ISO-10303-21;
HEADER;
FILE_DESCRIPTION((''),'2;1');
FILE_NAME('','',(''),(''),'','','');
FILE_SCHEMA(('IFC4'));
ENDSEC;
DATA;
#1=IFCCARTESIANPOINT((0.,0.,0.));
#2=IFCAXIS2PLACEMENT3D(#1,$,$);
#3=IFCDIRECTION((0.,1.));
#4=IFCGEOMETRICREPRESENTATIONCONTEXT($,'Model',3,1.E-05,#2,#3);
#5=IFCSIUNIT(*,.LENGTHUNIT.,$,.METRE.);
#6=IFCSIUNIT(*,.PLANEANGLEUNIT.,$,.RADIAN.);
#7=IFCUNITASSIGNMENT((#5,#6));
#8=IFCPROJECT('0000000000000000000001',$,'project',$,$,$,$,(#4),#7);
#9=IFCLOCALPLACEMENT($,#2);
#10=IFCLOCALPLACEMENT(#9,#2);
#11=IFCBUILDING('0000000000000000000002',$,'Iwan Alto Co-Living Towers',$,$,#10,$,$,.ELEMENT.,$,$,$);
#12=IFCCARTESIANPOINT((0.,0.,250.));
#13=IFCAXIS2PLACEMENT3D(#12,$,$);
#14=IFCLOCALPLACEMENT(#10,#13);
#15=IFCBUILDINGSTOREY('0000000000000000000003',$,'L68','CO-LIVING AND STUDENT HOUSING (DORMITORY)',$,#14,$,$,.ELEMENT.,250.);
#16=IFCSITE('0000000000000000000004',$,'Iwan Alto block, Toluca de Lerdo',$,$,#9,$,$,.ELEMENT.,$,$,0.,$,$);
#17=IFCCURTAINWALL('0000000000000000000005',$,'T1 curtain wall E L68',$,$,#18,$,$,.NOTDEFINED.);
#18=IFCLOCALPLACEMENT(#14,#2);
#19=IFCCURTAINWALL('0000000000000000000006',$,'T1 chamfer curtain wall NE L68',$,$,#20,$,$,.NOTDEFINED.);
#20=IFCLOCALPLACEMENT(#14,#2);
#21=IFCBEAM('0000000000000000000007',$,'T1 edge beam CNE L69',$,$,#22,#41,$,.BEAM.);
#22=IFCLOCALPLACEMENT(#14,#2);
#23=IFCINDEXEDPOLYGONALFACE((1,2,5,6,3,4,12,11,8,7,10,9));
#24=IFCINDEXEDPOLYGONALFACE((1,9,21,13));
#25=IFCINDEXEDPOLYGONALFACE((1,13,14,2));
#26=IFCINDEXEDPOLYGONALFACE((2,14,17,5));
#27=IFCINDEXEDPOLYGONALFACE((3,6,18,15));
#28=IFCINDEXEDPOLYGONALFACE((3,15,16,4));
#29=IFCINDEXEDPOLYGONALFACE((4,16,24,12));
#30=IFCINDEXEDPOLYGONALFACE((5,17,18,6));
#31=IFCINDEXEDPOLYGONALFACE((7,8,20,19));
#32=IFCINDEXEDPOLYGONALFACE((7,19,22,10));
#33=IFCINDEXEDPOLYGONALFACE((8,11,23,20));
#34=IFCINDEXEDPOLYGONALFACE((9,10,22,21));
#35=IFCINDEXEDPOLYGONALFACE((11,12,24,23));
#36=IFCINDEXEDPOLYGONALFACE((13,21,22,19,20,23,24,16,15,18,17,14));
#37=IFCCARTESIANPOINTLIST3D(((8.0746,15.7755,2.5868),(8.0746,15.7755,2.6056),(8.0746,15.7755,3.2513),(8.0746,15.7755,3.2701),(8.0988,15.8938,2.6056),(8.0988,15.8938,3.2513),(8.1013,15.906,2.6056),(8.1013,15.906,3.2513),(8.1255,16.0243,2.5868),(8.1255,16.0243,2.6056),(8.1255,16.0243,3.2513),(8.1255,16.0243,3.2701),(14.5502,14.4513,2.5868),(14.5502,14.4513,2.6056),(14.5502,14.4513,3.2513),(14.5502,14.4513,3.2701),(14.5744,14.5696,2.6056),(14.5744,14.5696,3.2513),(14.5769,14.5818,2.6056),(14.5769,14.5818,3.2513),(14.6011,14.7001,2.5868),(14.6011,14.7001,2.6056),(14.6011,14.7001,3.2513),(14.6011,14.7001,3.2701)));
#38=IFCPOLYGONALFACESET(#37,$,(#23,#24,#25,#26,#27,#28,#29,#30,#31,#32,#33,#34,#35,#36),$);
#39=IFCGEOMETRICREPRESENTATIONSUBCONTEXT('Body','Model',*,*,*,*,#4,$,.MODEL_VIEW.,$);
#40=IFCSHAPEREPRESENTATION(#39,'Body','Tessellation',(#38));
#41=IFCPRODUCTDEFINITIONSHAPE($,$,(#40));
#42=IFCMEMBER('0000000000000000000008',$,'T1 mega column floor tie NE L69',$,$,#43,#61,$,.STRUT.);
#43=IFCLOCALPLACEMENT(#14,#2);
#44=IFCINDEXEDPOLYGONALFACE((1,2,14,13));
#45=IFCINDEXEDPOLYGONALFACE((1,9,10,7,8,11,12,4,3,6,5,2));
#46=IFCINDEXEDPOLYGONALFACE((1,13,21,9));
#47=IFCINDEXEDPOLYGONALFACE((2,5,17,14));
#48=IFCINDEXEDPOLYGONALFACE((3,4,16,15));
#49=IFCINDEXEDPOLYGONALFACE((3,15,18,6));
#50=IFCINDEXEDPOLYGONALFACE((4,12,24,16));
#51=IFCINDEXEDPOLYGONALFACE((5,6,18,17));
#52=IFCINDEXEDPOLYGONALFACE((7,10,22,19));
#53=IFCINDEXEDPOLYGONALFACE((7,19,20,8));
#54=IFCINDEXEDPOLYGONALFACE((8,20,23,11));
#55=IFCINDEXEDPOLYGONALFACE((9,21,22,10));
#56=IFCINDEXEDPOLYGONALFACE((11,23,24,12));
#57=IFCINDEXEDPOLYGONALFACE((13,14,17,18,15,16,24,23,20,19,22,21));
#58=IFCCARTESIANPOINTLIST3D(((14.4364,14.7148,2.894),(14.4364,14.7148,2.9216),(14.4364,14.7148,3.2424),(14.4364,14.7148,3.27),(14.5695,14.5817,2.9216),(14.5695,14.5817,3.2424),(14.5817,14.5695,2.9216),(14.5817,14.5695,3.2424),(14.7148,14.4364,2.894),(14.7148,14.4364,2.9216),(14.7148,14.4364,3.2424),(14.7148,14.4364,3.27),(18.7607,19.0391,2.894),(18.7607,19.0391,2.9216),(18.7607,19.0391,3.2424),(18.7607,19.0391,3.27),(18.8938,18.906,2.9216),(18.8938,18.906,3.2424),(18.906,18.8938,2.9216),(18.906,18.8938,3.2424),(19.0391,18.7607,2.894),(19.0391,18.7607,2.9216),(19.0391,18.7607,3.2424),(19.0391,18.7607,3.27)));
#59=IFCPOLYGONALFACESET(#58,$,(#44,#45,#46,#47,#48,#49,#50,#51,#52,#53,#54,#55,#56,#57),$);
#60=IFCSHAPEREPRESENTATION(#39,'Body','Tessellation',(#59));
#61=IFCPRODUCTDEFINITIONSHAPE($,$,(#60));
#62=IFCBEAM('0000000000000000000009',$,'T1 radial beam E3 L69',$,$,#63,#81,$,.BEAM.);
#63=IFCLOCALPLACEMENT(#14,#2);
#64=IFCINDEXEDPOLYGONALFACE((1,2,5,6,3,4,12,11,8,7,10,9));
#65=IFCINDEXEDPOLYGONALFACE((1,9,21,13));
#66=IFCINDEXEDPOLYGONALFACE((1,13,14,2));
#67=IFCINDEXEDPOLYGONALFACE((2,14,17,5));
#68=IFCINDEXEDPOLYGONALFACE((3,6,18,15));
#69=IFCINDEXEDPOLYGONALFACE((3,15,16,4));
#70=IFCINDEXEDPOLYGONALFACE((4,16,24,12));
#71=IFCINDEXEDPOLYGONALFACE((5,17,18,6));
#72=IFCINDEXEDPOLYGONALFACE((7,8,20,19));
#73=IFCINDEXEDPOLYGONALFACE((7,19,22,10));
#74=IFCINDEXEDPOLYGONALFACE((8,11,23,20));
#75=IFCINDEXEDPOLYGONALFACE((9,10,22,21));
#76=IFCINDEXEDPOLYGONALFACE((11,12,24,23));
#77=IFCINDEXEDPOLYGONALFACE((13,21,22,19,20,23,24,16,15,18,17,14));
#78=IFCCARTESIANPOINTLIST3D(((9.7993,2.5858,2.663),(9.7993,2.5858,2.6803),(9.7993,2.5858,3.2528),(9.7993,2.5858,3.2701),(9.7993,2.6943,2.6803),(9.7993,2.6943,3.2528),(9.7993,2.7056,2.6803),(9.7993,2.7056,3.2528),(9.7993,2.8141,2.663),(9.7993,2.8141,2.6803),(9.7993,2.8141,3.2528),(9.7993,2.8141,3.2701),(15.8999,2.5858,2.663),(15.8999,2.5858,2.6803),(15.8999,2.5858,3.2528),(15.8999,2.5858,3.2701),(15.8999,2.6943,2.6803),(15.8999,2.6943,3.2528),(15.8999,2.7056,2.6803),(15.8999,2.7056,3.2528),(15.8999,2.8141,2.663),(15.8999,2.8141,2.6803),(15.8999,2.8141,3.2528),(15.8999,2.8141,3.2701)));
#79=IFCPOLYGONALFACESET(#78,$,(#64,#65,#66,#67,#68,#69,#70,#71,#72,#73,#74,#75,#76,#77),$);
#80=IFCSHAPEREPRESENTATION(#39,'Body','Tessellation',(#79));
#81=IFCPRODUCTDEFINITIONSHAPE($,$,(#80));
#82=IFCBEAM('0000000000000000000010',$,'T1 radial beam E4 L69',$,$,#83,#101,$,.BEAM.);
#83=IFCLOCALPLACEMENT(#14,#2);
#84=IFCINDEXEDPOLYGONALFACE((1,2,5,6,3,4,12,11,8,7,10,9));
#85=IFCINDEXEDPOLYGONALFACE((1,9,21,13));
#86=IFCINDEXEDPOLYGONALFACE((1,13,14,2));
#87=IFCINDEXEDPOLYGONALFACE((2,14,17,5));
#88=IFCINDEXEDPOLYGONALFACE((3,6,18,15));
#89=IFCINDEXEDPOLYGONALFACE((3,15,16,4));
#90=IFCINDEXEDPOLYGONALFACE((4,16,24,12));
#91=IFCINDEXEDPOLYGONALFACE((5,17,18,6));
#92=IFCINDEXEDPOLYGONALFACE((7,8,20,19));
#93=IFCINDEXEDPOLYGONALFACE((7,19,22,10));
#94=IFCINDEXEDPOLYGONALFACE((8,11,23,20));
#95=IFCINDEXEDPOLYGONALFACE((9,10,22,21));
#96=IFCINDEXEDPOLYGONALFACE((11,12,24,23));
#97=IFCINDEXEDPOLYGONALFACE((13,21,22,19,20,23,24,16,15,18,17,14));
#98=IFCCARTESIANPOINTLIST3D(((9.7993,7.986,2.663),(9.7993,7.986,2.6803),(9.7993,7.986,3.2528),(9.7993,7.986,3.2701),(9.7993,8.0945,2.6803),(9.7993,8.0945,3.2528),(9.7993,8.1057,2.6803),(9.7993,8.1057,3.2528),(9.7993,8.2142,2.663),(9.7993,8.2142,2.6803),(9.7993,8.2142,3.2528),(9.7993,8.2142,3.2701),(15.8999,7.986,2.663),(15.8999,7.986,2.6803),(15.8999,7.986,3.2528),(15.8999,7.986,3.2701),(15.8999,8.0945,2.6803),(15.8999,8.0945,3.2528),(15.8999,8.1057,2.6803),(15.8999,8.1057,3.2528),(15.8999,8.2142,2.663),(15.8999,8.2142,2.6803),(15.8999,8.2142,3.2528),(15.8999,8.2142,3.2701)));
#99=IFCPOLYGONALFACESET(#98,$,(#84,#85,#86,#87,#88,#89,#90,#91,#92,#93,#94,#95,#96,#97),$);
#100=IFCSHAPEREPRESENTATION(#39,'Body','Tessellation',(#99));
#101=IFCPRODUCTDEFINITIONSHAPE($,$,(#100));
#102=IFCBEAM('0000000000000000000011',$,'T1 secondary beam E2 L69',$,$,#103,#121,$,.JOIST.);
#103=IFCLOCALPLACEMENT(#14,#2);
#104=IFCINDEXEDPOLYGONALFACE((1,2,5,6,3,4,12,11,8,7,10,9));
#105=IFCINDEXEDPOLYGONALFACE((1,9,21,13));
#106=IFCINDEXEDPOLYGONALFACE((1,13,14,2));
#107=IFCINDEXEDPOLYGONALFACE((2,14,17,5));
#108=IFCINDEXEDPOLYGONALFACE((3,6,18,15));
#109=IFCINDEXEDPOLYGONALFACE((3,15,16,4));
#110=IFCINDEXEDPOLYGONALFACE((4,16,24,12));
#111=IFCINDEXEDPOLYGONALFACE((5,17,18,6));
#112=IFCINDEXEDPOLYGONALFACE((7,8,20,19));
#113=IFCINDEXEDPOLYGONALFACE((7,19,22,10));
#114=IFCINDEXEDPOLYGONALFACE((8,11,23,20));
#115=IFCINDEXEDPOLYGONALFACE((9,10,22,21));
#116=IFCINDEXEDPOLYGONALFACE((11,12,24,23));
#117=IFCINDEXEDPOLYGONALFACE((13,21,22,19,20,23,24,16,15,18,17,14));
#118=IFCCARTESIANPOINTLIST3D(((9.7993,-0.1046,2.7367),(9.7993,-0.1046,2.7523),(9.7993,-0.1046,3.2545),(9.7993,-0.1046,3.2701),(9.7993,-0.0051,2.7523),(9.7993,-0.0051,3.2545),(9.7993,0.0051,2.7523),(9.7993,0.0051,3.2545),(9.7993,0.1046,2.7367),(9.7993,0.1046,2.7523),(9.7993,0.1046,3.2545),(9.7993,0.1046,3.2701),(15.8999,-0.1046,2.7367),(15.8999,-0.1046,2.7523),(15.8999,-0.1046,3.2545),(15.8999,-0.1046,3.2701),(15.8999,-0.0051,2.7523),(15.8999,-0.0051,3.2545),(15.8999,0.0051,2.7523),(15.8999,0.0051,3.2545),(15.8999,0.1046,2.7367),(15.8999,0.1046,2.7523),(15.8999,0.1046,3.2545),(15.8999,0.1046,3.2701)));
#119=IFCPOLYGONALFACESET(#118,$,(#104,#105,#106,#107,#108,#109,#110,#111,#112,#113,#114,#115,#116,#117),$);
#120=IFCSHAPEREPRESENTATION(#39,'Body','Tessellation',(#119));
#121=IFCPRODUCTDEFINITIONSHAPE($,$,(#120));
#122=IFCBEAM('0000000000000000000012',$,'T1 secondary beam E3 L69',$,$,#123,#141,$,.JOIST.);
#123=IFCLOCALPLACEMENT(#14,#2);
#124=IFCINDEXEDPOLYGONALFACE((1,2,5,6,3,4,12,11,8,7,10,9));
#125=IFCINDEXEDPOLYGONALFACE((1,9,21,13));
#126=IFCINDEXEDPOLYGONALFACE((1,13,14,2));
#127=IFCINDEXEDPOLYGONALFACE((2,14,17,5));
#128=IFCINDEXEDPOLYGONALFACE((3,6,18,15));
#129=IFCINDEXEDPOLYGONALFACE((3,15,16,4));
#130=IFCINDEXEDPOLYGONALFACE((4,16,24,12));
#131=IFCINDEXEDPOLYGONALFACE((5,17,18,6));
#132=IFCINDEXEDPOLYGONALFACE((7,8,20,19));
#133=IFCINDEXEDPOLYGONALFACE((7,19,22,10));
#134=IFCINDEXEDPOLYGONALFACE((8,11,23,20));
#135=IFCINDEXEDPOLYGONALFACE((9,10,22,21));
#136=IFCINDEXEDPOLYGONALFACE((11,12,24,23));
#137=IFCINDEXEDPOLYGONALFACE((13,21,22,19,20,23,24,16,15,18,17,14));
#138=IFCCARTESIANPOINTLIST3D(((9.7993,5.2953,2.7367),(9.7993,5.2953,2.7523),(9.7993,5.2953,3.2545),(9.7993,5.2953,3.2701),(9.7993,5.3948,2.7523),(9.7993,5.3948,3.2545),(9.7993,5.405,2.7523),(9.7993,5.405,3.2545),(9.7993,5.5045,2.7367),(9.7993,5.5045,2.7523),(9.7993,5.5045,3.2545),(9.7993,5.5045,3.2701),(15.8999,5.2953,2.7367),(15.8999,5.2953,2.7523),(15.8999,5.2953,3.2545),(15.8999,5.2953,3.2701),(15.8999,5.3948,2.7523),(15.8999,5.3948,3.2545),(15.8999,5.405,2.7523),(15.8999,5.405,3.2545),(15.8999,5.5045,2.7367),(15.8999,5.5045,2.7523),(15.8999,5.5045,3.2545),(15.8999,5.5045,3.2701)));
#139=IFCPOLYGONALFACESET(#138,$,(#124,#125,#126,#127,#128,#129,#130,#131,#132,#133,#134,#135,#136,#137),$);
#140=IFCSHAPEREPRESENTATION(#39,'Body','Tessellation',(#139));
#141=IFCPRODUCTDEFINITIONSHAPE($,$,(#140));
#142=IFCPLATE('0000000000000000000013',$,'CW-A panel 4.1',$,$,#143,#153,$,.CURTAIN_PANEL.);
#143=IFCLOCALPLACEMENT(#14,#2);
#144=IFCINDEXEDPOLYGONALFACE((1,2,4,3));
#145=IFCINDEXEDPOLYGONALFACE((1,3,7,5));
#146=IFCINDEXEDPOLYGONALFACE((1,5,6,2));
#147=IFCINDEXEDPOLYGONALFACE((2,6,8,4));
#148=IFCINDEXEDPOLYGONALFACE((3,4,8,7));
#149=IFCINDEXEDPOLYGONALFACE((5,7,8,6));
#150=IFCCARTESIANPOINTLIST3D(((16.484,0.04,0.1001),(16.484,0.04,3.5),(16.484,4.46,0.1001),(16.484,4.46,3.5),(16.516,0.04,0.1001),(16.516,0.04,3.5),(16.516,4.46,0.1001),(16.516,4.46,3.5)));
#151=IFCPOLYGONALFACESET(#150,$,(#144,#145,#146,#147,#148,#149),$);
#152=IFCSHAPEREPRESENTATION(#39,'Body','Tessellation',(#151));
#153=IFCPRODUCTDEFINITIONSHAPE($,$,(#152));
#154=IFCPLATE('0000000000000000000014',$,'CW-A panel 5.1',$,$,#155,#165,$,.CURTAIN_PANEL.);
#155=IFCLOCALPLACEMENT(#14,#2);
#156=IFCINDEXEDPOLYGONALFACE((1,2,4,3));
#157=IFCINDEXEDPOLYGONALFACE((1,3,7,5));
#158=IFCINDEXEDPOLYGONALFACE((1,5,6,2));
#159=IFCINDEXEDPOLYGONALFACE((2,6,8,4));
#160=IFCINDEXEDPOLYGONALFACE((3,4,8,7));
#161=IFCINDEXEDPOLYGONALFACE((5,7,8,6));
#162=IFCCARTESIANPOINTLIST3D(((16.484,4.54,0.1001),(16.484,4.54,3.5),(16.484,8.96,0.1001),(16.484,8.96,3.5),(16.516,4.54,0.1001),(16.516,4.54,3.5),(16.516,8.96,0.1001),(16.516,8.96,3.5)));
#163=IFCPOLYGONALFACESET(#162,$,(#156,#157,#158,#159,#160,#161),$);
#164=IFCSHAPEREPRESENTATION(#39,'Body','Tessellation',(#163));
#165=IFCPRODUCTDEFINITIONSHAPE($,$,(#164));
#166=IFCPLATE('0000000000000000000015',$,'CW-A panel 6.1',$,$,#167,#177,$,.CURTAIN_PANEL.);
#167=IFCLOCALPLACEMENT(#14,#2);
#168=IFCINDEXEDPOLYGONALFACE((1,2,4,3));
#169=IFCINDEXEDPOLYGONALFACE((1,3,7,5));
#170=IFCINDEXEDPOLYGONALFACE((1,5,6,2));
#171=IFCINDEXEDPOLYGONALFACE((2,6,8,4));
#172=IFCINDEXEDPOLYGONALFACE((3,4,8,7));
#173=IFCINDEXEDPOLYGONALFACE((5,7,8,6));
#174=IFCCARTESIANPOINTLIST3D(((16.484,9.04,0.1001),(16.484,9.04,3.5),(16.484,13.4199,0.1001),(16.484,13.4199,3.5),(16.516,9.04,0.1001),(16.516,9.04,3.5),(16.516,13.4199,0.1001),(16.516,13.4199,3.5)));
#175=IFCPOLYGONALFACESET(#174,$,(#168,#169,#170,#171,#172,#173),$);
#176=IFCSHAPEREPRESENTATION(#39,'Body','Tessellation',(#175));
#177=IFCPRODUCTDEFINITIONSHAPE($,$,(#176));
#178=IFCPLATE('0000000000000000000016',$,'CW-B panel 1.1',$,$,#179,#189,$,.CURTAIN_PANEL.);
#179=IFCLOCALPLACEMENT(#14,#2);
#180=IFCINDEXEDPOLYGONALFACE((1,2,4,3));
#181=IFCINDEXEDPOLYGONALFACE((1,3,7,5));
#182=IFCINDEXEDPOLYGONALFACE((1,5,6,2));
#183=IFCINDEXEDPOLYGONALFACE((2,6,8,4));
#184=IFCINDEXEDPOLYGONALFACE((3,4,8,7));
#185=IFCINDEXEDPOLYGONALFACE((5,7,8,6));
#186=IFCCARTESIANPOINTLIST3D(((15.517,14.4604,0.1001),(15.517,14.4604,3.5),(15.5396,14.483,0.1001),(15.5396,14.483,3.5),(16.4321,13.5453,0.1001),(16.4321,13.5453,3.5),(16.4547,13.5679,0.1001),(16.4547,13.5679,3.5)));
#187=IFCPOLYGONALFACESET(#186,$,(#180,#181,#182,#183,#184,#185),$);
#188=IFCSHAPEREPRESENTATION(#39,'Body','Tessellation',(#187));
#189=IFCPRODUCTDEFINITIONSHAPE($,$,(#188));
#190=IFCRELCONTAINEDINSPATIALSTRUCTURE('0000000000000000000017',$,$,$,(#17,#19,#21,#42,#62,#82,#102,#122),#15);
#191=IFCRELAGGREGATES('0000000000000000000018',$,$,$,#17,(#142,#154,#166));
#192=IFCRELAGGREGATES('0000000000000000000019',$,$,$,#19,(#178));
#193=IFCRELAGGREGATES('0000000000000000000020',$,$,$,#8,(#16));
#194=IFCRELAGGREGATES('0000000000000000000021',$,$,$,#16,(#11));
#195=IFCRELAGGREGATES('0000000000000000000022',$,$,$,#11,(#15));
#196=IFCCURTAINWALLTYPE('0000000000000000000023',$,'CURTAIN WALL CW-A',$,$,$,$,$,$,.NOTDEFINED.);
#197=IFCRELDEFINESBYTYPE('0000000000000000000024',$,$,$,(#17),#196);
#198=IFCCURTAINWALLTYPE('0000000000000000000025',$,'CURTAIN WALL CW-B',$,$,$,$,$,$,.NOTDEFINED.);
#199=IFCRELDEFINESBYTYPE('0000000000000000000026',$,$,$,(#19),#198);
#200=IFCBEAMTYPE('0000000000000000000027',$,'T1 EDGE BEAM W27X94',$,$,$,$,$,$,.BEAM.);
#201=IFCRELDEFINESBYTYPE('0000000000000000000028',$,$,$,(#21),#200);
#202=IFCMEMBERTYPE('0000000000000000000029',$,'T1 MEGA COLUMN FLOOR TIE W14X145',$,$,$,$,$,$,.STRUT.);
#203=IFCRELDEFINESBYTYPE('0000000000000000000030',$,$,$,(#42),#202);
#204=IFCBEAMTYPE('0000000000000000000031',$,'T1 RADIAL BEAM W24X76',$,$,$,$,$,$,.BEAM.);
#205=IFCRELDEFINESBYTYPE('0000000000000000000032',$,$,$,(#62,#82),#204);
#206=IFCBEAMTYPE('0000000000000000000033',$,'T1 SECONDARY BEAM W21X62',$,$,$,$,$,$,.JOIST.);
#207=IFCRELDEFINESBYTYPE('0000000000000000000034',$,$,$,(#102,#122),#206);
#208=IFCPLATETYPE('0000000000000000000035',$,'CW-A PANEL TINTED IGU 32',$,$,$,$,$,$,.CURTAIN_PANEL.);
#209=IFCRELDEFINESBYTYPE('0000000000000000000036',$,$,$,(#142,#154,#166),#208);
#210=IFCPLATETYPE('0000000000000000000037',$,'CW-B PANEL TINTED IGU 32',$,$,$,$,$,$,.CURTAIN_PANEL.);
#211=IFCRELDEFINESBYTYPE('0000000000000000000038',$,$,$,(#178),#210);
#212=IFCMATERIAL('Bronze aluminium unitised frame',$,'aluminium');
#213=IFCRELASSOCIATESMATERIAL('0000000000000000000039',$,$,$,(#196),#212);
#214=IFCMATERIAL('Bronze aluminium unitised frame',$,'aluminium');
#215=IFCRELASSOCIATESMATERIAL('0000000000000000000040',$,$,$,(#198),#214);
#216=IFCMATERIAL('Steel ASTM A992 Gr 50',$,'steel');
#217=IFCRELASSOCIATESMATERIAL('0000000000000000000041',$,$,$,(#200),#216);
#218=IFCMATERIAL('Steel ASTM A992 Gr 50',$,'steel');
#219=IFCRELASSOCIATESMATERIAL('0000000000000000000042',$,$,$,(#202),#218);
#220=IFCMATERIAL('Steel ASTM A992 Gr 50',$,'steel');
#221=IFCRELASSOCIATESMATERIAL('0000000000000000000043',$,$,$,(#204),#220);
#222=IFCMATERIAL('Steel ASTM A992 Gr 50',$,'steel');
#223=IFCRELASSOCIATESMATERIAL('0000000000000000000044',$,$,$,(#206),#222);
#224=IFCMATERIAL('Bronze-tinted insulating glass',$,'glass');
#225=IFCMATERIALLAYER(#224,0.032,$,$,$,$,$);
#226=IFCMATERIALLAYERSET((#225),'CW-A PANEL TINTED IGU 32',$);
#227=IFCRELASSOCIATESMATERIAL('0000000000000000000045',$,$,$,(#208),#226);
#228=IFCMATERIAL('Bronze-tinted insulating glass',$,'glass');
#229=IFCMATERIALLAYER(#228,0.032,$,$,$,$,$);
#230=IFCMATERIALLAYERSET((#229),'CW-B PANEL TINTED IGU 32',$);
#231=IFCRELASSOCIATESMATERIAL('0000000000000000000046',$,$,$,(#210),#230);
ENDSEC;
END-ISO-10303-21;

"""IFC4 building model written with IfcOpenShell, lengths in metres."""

from ifc_helpers import new_model, si_unit, direction, frame, origin, origin_2d, place, context, subcontext, project, spatial, rectangle, i_section, extrude, material, layer, layer_set, material_profile, profile_set, type_object, element, aggregate, save


model = new_model("IFC4")

# Units and contexts
model_context = context("Model", 3, precision=1e-05, world=origin(), true_north=direction((0.0, 1.0)))
body_context = subcontext(model_context, "Body", "Model", "MODEL_VIEW")
ifc_project = project(units=[si_unit("LENGTHUNIT", "METRE"), si_unit("PLANEANGLEUNIT", "RADIAN")], contexts=[model_context])

# Site, building, storey
site_placement = place(None, origin())
site = spatial("IfcSite", under=ifc_project, at=site_placement, Name="Iwan Alto block, Toluca de Lerdo", CompositionType="ELEMENT", RefElevation=0.0)
building_placement = place(site_placement, origin())
building = spatial("IfcBuilding", under=site, at=building_placement, Name="Iwan Alto Co-Living Towers", CompositionType="ELEMENT")
storey_placement = place(building_placement, frame((0.0, 0.0, 250.0)))
storey = spatial("IfcBuildingStorey", under=building, at=storey_placement, Name="L68", Description="CO-LIVING AND STUDENT HOUSING (DORMITORY)", CompositionType="ELEMENT", Elevation=250.0)

# Curtain wall
ifc_material_1 = material(Name="Bronze aluminium unitised frame", Category="aluminium")
curtain_wall_type_1 = type_object("IfcCurtainWallType", Name="CURTAIN WALL CW-A", PredefinedType="NOTDEFINED", material=ifc_material_1)
curtain_wall_1_placement = place(storey_placement, origin())
curtain_wall_1 = element("IfcCurtainWall", 1, at=curtain_wall_1_placement, inside=storey, type_object=curtain_wall_type_1, Name="T1 curtain wall E L68", PredefinedType="NOTDEFINED")

# Curtain wall
ifc_material_2 = material(Name="Bronze aluminium unitised frame", Category="aluminium")
curtain_wall_type_2 = type_object("IfcCurtainWallType", Name="CURTAIN WALL CW-B", PredefinedType="NOTDEFINED", material=ifc_material_2)
curtain_wall_2_placement = place(storey_placement, origin())
curtain_wall_2 = element("IfcCurtainWall", 2, at=curtain_wall_2_placement, inside=storey, type_object=curtain_wall_type_2, Name="T1 chamfer curtain wall NE L68", PredefinedType="NOTDEFINED")

# Beam
ifc_material_3 = material(Name="Steel ASTM A992 Gr 50", Category="steel")
ifc_material_profile_1 = material_profile(ifc_material_3, i_section(OverallWidth=0.2539, OverallDepth=0.6833, WebThickness=0.0125, FlangeThickness=0.0188, at=origin_2d()), Name="W27X94")
ifc_profile_set_1 = profile_set([ifc_material_profile_1], Name="Steel ASTM A992 Gr 50")
beam_type_1 = type_object("IfcBeamType", Name="T1 EDGE BEAM W27X94", PredefinedType="BEAM", material=ifc_profile_set_1)
for number, where, z_axis, x_axis, name in (
    (3, (14.5757, 14.5757, 2.9285), (-0.979725, 0.200348, 0.0), (-0.200348, -0.979725, 0.0), "T1 edge beam CNE L69"),
):
    element("IfcBeam", number, at=place(storey_placement, frame(where, z_axis=z_axis, x_axis=x_axis)), inside=storey, type_object=beam_type_1, Name=name, PredefinedType="BEAM", context=body_context, shape_type="SweptSolid", body=[
        extrude(i_section(OverallWidth=0.2539, OverallDepth=0.6833, WebThickness=0.0125, FlangeThickness=0.0188, at=origin_2d()), origin(), (0.0, 0.0, 1.0), 6.6096),
    ])

# Member
ifc_material_4 = material(Name="Steel ASTM A992 Gr 50", Category="steel")
ifc_material_profile_2 = material_profile(ifc_material_4, i_section(OverallWidth=0.3938, OverallDepth=0.376, WebThickness=0.0173, FlangeThickness=0.0276, at=origin_2d()), Name="W14X145")
ifc_profile_set_2 = profile_set([ifc_material_profile_2], Name="Steel ASTM A992 Gr 50")
member_type_1 = type_object("IfcMemberType", Name="T1 MEGA COLUMN FLOOR TIE W14X145", PredefinedType="STRUT", material=ifc_profile_set_2)
member_1_placement = place(storey_placement, frame((18.8999, 18.8999, 3.082), z_axis=(-0.707107, -0.707107, 0.0), x_axis=(0.707107, -0.707107, 0.0)))
element("IfcMember", 4, at=member_1_placement, inside=storey, type_object=member_type_1, Name="T1 mega column floor tie NE L69", PredefinedType="STRUT", context=body_context, shape_type="SweptSolid", body=[
    extrude(i_section(OverallWidth=0.3938, OverallDepth=0.376, WebThickness=0.0173, FlangeThickness=0.0276, at=origin_2d()), origin(), (0.0, 0.0, 1.0), 6.1155),
])

# Beams
ifc_material_5 = material(Name="Steel ASTM A992 Gr 50", Category="steel")
ifc_material_profile_3 = material_profile(ifc_material_5, i_section(OverallWidth=0.2283, OverallDepth=0.6072, WebThickness=0.0112, FlangeThickness=0.0173, at=origin_2d()), Name="W24X76")
ifc_profile_set_3 = profile_set([ifc_material_profile_3], Name="Steel ASTM A992 Gr 50")
beam_type_2 = type_object("IfcBeamType", Name="T1 RADIAL BEAM W24X76", PredefinedType="BEAM", material=ifc_profile_set_3)
for number, where, z_axis, x_axis, name in (
    (5, (15.8999, 2.7, 2.9666), (-1.0, 0.0, 0.0), (0.0, -1.0, 0.0), "T1 radial beam E3 L69"),
    (6, (15.8999, 8.1001, 2.9666), (-1.0, 0.0, 0.0), (0.0, -1.0, 0.0), "T1 radial beam E4 L69"),
):
    element("IfcBeam", number, at=place(storey_placement, frame(where, z_axis=z_axis, x_axis=x_axis)), inside=storey, type_object=beam_type_2, Name=name, PredefinedType="BEAM", context=body_context, shape_type="SweptSolid", body=[
        extrude(i_section(OverallWidth=0.2283, OverallDepth=0.6072, WebThickness=0.0112, FlangeThickness=0.0173, at=origin_2d()), origin(), (0.0, 0.0, 1.0), 6.1006),
    ])
ifc_material_6 = material(Name="Steel ASTM A992 Gr 50", Category="steel")
ifc_material_profile_4 = material_profile(ifc_material_6, i_section(OverallWidth=0.2092, OverallDepth=0.5334, WebThickness=0.0103, FlangeThickness=0.0156, at=origin_2d()), Name="W21X62")
ifc_profile_set_4 = profile_set([ifc_material_profile_4], Name="Steel ASTM A992 Gr 50")
beam_type_3 = type_object("IfcBeamType", Name="T1 SECONDARY BEAM W21X62", PredefinedType="JOIST", material=ifc_profile_set_4)
for number, where, z_axis, x_axis, name in (
    (7, (15.8999, 0.0, 3.0034), (-1.0, 0.0, 0.0), (0.0, -1.0, 0.0), "T1 secondary beam E2 L69"),
    (8, (15.8999, 5.3999, 3.0034), (-1.0, 0.0, 0.0), (0.0, -1.0, 0.0), "T1 secondary beam E3 L69"),
):
    element("IfcBeam", number, at=place(storey_placement, frame(where, z_axis=z_axis, x_axis=x_axis)), inside=storey, type_object=beam_type_3, Name=name, PredefinedType="JOIST", context=body_context, shape_type="SweptSolid", body=[
        extrude(i_section(OverallWidth=0.2092, OverallDepth=0.5334, WebThickness=0.0103, FlangeThickness=0.0156, at=origin_2d()), origin(), (0.0, 0.0, 1.0), 6.1006),
    ])

# Plates
ifc_material_7 = material(Name="Bronze-tinted insulating glass", Category="glass")
ifc_layer_1 = layer(ifc_material_7, 0.032)
ifc_layer_set_1 = layer_set([ifc_layer_1], Name="CW-A PANEL TINTED IGU 32")
plate_type_1 = type_object("IfcPlateType", Name="CW-A PANEL TINTED IGU 32", PredefinedType="CURTAIN_PANEL", material=ifc_layer_set_1)
plate_1_placement = place(storey_placement, frame((16.5, 2.25, 0.1001), z_axis=(0.0, 0.0, 1.0), x_axis=(0.0, 1.0, 0.0)))
plate_1 = element("IfcPlate", 9, at=plate_1_placement, type_object=plate_type_1, Name="CW-A panel 4.1", PredefinedType="CURTAIN_PANEL", context=body_context, shape_type="SweptSolid", body=[
    extrude(rectangle(XDim=4.4199, YDim=0.032, at=origin_2d()), origin(), (0.0, 0.0, 1.0), 3.3999),
])
plate_2_placement = place(storey_placement, frame((16.5, 6.75, 0.1001), z_axis=(0.0, 0.0, 1.0), x_axis=(0.0, 1.0, 0.0)))
plate_2 = element("IfcPlate", 10, at=plate_2_placement, type_object=plate_type_1, Name="CW-A panel 5.1", PredefinedType="CURTAIN_PANEL", context=body_context, shape_type="SweptSolid", body=[
    extrude(rectangle(XDim=4.4199, YDim=0.032, at=origin_2d()), origin(), (0.0, 0.0, 1.0), 3.3999),
])
plate_3_placement = place(storey_placement, frame((16.5, 11.23, 0.1001), z_axis=(0.0, 0.0, 1.0), x_axis=(0.0, 1.0, 0.0)))
plate_3 = element("IfcPlate", 11, at=plate_3_placement, type_object=plate_type_1, Name="CW-A panel 6.1", PredefinedType="CURTAIN_PANEL", context=body_context, shape_type="SweptSolid", body=[
    extrude(rectangle(XDim=4.3799, YDim=0.032, at=origin_2d()), origin(), (0.0, 0.0, 1.0), 3.3999),
])
aggregate(curtain_wall_1, [plate_1, plate_2, plate_3])
ifc_material_8 = material(Name="Bronze-tinted insulating glass", Category="glass")
ifc_layer_2 = layer(ifc_material_8, 0.032)
ifc_layer_set_2 = layer_set([ifc_layer_2], Name="CW-B PANEL TINTED IGU 32")
plate_type_2 = type_object("IfcPlateType", Name="CW-B PANEL TINTED IGU 32", PredefinedType="CURTAIN_PANEL", material=ifc_layer_set_2)
plate_4_placement = place(storey_placement, frame((15.9858, 14.0142, 0.1001), z_axis=(0.0, 0.0, 1.0), x_axis=(-0.707107, 0.707107, 0.0)))
plate_4 = element("IfcPlate", 12, at=plate_4_placement, type_object=plate_type_2, Name="CW-B panel 1.1", PredefinedType="CURTAIN_PANEL", context=body_context, shape_type="SweptSolid", body=[
    extrude(rectangle(XDim=1.2942, YDim=0.032, at=origin_2d()), origin(), (0.0, 0.0, 1.0), 3.3999),
])
aggregate(curtain_wall_2, [plate_4])

save(model, "model.ifc")
